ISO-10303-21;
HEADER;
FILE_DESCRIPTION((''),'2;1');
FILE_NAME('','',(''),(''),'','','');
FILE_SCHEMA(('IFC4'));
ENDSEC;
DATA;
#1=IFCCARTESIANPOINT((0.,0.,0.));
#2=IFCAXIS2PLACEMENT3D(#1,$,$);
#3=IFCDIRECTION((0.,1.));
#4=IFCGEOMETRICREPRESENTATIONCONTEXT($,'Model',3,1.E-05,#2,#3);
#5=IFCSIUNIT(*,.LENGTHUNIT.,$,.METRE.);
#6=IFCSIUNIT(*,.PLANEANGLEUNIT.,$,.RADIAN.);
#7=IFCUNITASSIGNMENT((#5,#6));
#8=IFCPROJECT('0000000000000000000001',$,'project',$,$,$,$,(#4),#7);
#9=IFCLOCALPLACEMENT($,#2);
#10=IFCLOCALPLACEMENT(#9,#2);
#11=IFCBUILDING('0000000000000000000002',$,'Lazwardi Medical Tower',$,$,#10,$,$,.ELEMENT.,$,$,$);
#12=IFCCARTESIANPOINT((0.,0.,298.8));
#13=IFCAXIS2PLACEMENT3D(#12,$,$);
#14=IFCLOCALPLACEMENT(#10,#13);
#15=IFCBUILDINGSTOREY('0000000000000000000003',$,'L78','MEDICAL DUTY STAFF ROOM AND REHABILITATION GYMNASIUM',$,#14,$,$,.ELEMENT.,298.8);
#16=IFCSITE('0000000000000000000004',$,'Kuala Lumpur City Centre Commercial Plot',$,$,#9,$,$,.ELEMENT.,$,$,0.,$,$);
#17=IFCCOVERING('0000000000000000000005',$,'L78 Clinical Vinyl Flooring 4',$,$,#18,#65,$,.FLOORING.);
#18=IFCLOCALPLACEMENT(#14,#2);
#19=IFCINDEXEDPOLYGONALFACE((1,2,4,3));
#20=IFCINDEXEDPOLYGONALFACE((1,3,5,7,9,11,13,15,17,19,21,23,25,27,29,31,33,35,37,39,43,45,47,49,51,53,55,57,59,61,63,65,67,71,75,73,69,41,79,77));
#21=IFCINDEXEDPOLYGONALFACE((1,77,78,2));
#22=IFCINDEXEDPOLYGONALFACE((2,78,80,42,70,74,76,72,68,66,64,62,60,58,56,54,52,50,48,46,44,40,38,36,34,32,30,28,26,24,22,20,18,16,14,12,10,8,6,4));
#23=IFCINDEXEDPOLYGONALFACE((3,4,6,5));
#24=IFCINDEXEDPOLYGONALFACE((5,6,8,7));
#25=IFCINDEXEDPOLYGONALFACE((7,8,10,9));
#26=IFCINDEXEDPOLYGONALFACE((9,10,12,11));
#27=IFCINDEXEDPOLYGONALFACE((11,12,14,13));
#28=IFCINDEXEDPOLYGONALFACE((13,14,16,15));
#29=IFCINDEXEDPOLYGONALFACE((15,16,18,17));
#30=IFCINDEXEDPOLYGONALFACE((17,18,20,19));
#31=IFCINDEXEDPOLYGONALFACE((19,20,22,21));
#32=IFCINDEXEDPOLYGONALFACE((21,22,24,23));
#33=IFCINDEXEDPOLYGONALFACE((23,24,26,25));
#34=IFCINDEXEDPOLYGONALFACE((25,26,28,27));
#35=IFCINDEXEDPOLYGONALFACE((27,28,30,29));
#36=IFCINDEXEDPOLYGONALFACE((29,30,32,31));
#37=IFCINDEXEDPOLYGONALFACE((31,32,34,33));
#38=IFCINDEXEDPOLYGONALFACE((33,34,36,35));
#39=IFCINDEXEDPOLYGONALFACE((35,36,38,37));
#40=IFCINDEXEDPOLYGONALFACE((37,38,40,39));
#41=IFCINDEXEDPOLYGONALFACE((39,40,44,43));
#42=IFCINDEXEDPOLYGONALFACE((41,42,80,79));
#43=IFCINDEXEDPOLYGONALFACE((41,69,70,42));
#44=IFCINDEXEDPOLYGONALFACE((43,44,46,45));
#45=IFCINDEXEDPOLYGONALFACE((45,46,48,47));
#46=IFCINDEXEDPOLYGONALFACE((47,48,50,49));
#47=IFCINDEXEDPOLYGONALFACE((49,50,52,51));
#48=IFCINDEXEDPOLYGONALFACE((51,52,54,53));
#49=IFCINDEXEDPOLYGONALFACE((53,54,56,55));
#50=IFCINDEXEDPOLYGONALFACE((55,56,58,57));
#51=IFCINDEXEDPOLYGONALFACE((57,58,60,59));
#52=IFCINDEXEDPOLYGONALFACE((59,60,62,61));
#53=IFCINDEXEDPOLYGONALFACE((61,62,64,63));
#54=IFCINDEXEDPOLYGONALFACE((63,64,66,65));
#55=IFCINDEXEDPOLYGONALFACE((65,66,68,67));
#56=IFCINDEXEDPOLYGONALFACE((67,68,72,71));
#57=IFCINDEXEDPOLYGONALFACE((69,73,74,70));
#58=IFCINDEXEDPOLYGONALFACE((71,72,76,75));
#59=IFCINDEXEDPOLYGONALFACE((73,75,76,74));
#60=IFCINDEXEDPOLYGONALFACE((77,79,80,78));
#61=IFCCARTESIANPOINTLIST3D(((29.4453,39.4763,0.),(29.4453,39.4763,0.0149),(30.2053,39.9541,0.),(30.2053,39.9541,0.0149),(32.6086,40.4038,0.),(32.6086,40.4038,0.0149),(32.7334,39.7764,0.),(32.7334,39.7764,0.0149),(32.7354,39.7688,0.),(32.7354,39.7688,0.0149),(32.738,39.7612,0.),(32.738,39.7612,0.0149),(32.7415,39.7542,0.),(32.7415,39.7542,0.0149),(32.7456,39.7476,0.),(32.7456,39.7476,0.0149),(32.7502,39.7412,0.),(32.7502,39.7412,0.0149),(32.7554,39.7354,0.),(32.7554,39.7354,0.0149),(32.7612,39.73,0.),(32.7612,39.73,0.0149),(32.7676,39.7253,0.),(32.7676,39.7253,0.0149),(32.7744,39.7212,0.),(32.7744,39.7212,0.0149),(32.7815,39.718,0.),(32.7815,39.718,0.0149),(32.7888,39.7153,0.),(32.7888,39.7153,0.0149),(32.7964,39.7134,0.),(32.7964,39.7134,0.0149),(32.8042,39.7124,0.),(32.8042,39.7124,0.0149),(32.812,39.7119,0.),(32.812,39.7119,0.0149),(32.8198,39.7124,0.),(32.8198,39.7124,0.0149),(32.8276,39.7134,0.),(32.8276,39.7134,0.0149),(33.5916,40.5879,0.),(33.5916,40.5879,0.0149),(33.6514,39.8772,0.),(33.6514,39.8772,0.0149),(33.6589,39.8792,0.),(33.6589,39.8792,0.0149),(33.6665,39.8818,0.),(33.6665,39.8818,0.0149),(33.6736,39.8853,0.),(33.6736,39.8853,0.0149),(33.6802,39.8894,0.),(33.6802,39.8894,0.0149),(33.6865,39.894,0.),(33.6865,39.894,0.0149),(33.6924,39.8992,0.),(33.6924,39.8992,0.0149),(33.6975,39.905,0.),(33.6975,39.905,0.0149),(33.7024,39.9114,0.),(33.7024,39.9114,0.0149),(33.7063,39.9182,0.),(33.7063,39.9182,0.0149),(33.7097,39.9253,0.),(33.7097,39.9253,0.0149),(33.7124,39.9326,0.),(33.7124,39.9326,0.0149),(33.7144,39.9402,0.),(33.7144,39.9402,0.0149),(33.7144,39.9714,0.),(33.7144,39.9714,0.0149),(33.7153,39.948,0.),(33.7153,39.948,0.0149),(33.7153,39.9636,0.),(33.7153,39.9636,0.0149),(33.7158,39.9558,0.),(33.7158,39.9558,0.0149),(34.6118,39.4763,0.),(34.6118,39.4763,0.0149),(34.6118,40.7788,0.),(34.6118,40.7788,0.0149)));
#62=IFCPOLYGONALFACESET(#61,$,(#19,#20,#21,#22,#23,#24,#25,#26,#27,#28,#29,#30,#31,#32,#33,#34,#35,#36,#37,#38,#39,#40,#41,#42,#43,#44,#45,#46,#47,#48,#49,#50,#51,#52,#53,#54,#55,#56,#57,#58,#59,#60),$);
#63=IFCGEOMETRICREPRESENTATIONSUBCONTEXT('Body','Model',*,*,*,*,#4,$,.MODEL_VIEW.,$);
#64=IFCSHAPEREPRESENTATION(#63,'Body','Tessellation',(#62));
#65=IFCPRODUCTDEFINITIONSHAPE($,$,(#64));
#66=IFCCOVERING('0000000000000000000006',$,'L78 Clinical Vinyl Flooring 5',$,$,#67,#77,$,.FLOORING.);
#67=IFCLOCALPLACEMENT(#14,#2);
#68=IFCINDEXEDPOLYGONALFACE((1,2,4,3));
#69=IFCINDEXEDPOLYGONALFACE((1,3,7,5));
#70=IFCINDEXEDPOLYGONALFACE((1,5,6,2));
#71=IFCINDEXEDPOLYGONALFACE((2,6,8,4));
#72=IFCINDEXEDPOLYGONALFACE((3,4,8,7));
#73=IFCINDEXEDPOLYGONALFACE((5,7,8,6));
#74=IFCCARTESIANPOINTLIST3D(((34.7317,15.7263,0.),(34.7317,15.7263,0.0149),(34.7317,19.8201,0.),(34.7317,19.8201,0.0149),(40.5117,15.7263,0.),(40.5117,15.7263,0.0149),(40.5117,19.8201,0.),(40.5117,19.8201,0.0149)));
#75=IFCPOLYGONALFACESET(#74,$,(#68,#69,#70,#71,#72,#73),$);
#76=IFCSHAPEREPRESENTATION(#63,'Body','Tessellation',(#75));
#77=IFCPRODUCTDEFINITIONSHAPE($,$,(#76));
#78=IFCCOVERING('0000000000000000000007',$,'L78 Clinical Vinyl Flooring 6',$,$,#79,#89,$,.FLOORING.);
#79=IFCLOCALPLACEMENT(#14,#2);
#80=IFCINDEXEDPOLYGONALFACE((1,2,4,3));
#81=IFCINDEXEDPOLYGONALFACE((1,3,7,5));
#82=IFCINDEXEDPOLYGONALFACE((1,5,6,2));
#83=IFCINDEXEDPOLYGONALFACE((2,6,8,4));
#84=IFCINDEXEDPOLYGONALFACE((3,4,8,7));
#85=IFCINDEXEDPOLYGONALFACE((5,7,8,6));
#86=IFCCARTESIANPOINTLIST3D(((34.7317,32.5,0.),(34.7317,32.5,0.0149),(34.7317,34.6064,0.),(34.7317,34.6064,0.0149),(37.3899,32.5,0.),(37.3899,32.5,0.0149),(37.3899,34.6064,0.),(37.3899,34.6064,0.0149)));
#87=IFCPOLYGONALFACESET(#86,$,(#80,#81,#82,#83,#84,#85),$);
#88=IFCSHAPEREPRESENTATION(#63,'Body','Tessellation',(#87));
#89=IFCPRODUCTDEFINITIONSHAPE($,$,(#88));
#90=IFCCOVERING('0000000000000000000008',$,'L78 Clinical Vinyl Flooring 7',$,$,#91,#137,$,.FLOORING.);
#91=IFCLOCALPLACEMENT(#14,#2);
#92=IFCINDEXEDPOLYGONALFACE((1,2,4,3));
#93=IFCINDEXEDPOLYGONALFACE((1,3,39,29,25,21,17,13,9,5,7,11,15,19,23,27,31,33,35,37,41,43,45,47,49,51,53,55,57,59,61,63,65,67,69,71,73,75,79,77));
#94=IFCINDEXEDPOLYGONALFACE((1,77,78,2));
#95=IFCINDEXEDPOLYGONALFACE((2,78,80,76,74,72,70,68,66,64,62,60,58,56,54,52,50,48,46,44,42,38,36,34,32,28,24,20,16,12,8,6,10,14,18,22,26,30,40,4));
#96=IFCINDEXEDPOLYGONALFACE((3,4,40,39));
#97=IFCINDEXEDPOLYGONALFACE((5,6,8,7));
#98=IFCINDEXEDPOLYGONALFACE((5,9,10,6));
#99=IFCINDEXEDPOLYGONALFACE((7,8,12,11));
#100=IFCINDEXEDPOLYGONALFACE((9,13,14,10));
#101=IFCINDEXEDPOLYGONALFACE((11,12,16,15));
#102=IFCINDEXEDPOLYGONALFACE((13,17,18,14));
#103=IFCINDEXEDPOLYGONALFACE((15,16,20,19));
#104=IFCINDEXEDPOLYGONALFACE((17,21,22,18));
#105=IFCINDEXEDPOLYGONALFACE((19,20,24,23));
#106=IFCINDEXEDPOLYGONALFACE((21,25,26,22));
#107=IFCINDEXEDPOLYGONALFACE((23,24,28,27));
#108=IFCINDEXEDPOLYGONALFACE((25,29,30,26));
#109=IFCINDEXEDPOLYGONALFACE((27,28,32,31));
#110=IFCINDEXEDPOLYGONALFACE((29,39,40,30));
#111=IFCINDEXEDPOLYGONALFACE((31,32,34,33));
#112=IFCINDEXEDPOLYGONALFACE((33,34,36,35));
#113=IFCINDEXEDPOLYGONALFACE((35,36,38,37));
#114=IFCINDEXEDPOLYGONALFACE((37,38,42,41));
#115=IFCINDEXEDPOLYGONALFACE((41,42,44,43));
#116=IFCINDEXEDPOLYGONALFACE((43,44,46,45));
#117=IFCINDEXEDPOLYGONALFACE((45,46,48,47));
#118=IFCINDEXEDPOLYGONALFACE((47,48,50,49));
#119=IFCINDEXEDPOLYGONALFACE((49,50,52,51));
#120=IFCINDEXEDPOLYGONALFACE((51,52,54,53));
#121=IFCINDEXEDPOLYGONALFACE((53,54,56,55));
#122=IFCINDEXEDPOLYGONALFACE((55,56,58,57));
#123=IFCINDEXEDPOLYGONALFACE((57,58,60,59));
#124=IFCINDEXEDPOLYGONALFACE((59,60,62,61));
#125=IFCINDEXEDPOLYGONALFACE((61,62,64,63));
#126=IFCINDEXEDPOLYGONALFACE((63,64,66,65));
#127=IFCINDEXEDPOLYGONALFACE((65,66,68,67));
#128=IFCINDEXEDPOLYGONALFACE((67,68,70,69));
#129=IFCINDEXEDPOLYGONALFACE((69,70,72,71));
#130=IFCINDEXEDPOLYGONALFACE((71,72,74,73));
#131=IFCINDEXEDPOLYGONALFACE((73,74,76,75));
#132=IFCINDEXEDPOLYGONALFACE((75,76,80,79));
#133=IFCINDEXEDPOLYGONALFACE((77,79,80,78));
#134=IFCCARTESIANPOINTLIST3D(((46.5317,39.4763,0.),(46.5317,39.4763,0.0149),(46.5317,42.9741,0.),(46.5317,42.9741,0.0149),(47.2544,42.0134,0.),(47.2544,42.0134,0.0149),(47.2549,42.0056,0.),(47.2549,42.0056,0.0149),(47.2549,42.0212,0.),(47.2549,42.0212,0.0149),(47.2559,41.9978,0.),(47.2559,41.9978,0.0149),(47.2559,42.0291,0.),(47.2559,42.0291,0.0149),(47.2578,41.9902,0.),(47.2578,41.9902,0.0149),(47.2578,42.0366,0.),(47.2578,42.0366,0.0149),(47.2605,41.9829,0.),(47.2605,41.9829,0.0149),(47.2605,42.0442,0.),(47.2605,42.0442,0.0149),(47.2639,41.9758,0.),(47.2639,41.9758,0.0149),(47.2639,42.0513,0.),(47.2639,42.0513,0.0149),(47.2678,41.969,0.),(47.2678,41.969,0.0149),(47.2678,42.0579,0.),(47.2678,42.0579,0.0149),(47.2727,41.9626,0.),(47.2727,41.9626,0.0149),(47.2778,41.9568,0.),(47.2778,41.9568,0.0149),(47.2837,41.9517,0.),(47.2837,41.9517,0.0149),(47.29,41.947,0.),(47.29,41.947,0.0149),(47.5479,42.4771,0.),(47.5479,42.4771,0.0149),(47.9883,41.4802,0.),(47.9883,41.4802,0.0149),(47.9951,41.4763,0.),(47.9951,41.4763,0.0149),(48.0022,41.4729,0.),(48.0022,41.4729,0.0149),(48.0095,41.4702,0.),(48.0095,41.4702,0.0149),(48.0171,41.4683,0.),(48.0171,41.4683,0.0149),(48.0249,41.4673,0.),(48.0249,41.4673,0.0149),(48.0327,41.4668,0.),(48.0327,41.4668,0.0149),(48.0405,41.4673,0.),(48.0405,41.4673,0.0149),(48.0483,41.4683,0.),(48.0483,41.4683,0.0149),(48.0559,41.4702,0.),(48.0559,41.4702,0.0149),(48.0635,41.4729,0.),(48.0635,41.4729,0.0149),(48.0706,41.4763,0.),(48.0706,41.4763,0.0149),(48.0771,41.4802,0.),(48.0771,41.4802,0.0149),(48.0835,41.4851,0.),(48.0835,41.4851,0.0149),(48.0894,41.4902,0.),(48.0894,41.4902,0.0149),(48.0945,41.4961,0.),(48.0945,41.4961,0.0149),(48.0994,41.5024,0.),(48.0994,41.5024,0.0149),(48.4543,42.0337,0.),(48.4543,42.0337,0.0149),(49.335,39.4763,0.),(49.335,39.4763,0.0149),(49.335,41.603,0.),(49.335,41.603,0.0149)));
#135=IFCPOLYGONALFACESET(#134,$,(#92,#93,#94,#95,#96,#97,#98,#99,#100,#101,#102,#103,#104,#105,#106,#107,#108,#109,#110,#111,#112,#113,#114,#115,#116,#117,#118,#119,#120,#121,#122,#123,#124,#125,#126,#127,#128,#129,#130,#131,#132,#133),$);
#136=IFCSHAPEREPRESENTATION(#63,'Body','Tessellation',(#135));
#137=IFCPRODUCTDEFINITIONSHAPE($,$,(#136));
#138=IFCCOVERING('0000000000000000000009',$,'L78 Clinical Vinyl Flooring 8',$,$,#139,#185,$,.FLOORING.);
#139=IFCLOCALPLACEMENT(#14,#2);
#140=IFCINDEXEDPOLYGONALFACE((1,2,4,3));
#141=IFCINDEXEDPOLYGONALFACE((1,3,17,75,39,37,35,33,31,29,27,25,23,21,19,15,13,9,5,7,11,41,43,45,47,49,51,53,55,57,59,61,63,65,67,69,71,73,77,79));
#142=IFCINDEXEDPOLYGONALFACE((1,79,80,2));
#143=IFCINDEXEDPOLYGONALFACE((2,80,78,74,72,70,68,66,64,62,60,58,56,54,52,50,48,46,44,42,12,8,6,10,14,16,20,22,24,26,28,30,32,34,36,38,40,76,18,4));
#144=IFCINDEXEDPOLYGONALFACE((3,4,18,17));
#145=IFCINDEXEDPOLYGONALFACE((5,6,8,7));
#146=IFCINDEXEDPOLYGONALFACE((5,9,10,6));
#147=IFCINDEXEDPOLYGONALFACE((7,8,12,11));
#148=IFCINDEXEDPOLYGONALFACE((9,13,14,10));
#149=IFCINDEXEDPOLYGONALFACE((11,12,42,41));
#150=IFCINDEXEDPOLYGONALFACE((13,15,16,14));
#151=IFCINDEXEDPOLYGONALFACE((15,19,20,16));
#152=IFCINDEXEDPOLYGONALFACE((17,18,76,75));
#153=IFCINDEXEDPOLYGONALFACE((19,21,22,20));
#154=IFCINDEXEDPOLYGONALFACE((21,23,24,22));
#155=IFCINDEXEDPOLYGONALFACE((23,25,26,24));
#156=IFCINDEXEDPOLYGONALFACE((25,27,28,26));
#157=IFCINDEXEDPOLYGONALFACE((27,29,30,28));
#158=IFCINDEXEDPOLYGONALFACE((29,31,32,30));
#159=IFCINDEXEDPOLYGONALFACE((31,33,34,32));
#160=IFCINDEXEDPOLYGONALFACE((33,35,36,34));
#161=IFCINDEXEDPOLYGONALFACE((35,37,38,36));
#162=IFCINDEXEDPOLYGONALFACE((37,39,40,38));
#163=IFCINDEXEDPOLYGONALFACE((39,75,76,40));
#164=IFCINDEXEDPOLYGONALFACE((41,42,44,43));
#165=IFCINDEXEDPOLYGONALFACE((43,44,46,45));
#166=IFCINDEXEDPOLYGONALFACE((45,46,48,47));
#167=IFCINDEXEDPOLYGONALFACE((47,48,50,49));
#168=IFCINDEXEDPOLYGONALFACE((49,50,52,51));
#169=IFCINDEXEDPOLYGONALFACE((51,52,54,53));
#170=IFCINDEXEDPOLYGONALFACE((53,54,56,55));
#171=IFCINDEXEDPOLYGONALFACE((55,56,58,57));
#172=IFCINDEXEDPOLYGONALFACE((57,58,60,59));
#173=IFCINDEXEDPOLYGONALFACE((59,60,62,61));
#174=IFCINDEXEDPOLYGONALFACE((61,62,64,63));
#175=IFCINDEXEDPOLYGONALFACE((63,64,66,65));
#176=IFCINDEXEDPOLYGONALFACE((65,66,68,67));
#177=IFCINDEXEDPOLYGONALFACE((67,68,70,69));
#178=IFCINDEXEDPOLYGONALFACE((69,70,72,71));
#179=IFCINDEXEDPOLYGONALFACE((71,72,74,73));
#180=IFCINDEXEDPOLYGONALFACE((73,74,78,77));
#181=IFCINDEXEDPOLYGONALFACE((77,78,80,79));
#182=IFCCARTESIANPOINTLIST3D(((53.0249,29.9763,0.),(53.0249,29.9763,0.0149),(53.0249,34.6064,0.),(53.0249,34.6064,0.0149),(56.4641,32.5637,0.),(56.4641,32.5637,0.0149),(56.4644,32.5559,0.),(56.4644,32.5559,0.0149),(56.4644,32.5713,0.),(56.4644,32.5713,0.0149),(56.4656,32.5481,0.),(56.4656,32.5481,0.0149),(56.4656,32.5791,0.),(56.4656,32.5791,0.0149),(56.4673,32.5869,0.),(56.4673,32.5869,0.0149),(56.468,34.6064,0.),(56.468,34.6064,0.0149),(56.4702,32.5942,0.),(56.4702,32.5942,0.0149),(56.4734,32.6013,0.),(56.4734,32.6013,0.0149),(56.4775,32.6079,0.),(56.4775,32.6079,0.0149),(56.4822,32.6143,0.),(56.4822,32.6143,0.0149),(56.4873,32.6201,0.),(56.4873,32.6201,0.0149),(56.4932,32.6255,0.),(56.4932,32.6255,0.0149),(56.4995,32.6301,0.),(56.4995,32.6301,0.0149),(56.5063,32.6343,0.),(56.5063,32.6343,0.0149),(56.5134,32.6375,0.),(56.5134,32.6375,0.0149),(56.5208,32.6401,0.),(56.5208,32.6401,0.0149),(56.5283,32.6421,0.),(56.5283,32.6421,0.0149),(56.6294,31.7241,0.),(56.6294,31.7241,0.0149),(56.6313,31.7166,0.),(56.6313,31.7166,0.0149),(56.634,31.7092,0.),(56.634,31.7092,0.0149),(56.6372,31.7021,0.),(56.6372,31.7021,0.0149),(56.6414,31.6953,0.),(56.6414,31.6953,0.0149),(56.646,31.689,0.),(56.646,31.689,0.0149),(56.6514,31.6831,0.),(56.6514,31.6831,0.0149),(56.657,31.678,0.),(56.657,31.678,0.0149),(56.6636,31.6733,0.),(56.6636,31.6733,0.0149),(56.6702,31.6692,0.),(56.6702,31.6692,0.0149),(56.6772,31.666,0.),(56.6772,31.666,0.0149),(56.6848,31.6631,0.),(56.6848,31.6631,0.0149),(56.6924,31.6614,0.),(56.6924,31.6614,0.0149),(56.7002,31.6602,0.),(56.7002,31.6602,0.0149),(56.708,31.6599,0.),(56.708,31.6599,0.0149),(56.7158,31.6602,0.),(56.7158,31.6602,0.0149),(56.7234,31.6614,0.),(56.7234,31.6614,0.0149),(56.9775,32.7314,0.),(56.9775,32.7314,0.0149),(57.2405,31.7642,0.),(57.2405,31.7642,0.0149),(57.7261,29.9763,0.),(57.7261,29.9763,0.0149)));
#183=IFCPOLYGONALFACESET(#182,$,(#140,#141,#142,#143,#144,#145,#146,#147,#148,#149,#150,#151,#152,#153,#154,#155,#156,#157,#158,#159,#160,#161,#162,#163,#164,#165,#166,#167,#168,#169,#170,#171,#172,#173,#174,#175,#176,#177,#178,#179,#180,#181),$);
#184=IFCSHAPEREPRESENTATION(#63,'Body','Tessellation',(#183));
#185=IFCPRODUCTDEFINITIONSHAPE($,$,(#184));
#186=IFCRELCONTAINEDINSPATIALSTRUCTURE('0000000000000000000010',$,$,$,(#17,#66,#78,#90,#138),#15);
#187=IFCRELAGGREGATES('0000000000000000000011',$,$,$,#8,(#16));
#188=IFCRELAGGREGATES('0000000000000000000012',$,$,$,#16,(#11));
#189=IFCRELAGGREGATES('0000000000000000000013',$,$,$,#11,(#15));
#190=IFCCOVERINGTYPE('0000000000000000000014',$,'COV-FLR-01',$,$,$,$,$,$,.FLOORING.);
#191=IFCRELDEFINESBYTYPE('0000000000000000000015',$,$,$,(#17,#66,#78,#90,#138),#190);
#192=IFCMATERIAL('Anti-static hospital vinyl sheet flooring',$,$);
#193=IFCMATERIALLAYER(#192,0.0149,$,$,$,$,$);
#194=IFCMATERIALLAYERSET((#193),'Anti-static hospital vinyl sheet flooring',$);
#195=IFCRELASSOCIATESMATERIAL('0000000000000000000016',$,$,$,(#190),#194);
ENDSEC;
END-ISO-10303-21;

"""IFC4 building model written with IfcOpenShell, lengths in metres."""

from ifc_helpers import new_model, si_unit, direction, frame, origin, place, context, subcontext, project, spatial, polyline, outline, extrude, material, layer, layer_set, type_object, element, save


model = new_model("IFC4")

# Units and contexts
model_context = context("Model", 3, precision=1e-05, world=origin(), true_north=direction((0.0, 1.0)))
body_context = subcontext(model_context, "Body", "Model", "MODEL_VIEW")
ifc_project = project(units=[si_unit("LENGTHUNIT", "METRE"), si_unit("PLANEANGLEUNIT", "RADIAN")], contexts=[model_context])

# Site, building, storey
site_placement = place(None, origin())
site = spatial("IfcSite", under=ifc_project, at=site_placement, Name="Kuala Lumpur City Centre Commercial Plot", CompositionType="ELEMENT", RefElevation=0.0)
building_placement = place(site_placement, origin())
building = spatial("IfcBuilding", under=site, at=building_placement, Name="Lazwardi Medical Tower", CompositionType="ELEMENT")
storey_placement = place(building_placement, frame((0.0, 0.0, 298.8)))
storey = spatial("IfcBuildingStorey", under=building, at=storey_placement, Name="L78", Description="MEDICAL DUTY STAFF ROOM AND REHABILITATION GYMNASIUM", CompositionType="ELEMENT", Elevation=298.8)

# Coverings
ifc_material_1 = material(Name="Anti-static hospital vinyl sheet flooring")
ifc_layer_1 = layer(ifc_material_1, 0.0149)
ifc_layer_set_1 = layer_set([ifc_layer_1], Name="Anti-static hospital vinyl sheet flooring")
covering_type_1 = type_object("IfcCoveringType", Name="COV-FLR-01", PredefinedType="FLOORING", material=ifc_layer_set_1)
covering_1_placement = place(storey_placement, origin())
element("IfcCovering", 1, at=covering_1_placement, inside=storey, type_object=covering_type_1, Name="L78 Clinical Vinyl Flooring 4", PredefinedType="FLOORING", context=body_context, shape_type="SweptSolid", body=[
    extrude(outline(polyline([(34.6118, 40.7788), (33.5916, 40.5879), (33.7144, 39.9714), (33.7153, 39.9636), (33.7158, 39.9558), (33.7153, 39.948), (33.7144, 39.9402), (33.7124, 39.9326), (33.7097, 39.9253), (33.7063, 39.9182), (33.7024, 39.9114), (33.6975, 39.905), (33.6924, 39.8992), (33.6865, 39.894), (33.6802, 39.8894), (33.6736, 39.8853), (33.6665, 39.8818), (33.6589, 39.8792), (33.6514, 39.8772), (32.8276, 39.7134), (32.8198, 39.7124), (32.812, 39.7119), (32.8042, 39.7124), (32.7964, 39.7134), (32.7888, 39.7153), (32.7815, 39.718), (32.7744, 39.7212), (32.7676, 39.7253), (32.7612, 39.73), (32.7554, 39.7354), (32.7502, 39.7412), (32.7456, 39.7476), (32.7415, 39.7542), (32.738, 39.7612), (32.7354, 39.7688), (32.7334, 39.7764), (32.6086, 40.4038), (30.2053, 39.9541), (29.4453, 39.4763), (34.6118, 39.4763), (34.6118, 40.7788)])), origin(), (0.0, 0.0, 1.0), 0.0149),
])
covering_2_placement = place(storey_placement, origin())
element("IfcCovering", 2, at=covering_2_placement, inside=storey, type_object=covering_type_1, Name="L78 Clinical Vinyl Flooring 5", PredefinedType="FLOORING", context=body_context, shape_type="SweptSolid", body=[
    extrude(outline(polyline([(40.5117, 19.8201), (34.7317, 19.8201), (34.7317, 15.7263), (40.5117, 15.7263), (40.5117, 19.8201)])), origin(), (0.0, 0.0, 1.0), 0.0149),
])
covering_3_placement = place(storey_placement, origin())
element("IfcCovering", 3, at=covering_3_placement, inside=storey, type_object=covering_type_1, Name="L78 Clinical Vinyl Flooring 6", PredefinedType="FLOORING", context=body_context, shape_type="SweptSolid", body=[
    extrude(outline(polyline([(34.7317, 32.5), (37.3899, 32.5), (37.3899, 34.6064), (34.7317, 34.6064), (34.7317, 32.5)])), origin(), (0.0, 0.0, 1.0), 0.0149),
])
covering_4_placement = place(storey_placement, origin())
element("IfcCovering", 4, at=covering_4_placement, inside=storey, type_object=covering_type_1, Name="L78 Clinical Vinyl Flooring 7", PredefinedType="FLOORING", context=body_context, shape_type="SweptSolid", body=[
    extrude(outline(polyline([(49.335, 39.4763), (49.335, 41.603), (48.4543, 42.0337), (48.0994, 41.5024), (48.0945, 41.4961), (48.0894, 41.4902), (48.0835, 41.4851), (48.0771, 41.4802), (48.0706, 41.4763), (48.0635, 41.4729), (48.0559, 41.4702), (48.0483, 41.4683), (48.0405, 41.4673), (48.0327, 41.4668), (48.0249, 41.4673), (48.0171, 41.4683), (48.0095, 41.4702), (48.0022, 41.4729), (47.9951, 41.4763), (47.9883, 41.4802), (47.29, 41.947), (47.2837, 41.9517), (47.2778, 41.9568), (47.2727, 41.9626), (47.2678, 41.969), (47.2639, 41.9758), (47.2605, 41.9829), (47.2578, 41.9902), (47.2559, 41.9978), (47.2549, 42.0056), (47.2544, 42.0134), (47.2549, 42.0212), (47.2559, 42.0291), (47.2578, 42.0366), (47.2605, 42.0442), (47.2639, 42.0513), (47.2678, 42.0579), (47.5479, 42.4771), (46.5317, 42.9741), (46.5317, 39.4763), (49.335, 39.4763)])), origin(), (0.0, 0.0, 1.0), 0.0149),
])
covering_5_placement = place(storey_placement, origin())
element("IfcCovering", 5, at=covering_5_placement, inside=storey, type_object=covering_type_1, Name="L78 Clinical Vinyl Flooring 8", PredefinedType="FLOORING", context=body_context, shape_type="SweptSolid", body=[
    extrude(outline(polyline([(53.0249, 34.6064), (53.0249, 29.9763), (57.7261, 29.9763), (57.2405, 31.7642), (56.7234, 31.6614), (56.7158, 31.6602), (56.708, 31.6599), (56.7002, 31.6602), (56.6924, 31.6614), (56.6848, 31.6631), (56.6772, 31.666), (56.6702, 31.6692), (56.6636, 31.6733), (56.657, 31.678), (56.6514, 31.6831), (56.646, 31.689), (56.6414, 31.6953), (56.6372, 31.7021), (56.634, 31.7092), (56.6313, 31.7166), (56.6294, 31.7241), (56.4656, 32.5481), (56.4644, 32.5559), (56.4641, 32.5637), (56.4644, 32.5713), (56.4656, 32.5791), (56.4673, 32.5869), (56.4702, 32.5942), (56.4734, 32.6013), (56.4775, 32.6079), (56.4822, 32.6143), (56.4873, 32.6201), (56.4932, 32.6255), (56.4995, 32.6301), (56.5063, 32.6343), (56.5134, 32.6375), (56.5208, 32.6401), (56.5283, 32.6421), (56.9775, 32.7314), (56.468, 34.6064), (53.0249, 34.6064)])), origin(), (0.0, 0.0, 1.0), 0.0149),
])

save(model, "model.ifc")
